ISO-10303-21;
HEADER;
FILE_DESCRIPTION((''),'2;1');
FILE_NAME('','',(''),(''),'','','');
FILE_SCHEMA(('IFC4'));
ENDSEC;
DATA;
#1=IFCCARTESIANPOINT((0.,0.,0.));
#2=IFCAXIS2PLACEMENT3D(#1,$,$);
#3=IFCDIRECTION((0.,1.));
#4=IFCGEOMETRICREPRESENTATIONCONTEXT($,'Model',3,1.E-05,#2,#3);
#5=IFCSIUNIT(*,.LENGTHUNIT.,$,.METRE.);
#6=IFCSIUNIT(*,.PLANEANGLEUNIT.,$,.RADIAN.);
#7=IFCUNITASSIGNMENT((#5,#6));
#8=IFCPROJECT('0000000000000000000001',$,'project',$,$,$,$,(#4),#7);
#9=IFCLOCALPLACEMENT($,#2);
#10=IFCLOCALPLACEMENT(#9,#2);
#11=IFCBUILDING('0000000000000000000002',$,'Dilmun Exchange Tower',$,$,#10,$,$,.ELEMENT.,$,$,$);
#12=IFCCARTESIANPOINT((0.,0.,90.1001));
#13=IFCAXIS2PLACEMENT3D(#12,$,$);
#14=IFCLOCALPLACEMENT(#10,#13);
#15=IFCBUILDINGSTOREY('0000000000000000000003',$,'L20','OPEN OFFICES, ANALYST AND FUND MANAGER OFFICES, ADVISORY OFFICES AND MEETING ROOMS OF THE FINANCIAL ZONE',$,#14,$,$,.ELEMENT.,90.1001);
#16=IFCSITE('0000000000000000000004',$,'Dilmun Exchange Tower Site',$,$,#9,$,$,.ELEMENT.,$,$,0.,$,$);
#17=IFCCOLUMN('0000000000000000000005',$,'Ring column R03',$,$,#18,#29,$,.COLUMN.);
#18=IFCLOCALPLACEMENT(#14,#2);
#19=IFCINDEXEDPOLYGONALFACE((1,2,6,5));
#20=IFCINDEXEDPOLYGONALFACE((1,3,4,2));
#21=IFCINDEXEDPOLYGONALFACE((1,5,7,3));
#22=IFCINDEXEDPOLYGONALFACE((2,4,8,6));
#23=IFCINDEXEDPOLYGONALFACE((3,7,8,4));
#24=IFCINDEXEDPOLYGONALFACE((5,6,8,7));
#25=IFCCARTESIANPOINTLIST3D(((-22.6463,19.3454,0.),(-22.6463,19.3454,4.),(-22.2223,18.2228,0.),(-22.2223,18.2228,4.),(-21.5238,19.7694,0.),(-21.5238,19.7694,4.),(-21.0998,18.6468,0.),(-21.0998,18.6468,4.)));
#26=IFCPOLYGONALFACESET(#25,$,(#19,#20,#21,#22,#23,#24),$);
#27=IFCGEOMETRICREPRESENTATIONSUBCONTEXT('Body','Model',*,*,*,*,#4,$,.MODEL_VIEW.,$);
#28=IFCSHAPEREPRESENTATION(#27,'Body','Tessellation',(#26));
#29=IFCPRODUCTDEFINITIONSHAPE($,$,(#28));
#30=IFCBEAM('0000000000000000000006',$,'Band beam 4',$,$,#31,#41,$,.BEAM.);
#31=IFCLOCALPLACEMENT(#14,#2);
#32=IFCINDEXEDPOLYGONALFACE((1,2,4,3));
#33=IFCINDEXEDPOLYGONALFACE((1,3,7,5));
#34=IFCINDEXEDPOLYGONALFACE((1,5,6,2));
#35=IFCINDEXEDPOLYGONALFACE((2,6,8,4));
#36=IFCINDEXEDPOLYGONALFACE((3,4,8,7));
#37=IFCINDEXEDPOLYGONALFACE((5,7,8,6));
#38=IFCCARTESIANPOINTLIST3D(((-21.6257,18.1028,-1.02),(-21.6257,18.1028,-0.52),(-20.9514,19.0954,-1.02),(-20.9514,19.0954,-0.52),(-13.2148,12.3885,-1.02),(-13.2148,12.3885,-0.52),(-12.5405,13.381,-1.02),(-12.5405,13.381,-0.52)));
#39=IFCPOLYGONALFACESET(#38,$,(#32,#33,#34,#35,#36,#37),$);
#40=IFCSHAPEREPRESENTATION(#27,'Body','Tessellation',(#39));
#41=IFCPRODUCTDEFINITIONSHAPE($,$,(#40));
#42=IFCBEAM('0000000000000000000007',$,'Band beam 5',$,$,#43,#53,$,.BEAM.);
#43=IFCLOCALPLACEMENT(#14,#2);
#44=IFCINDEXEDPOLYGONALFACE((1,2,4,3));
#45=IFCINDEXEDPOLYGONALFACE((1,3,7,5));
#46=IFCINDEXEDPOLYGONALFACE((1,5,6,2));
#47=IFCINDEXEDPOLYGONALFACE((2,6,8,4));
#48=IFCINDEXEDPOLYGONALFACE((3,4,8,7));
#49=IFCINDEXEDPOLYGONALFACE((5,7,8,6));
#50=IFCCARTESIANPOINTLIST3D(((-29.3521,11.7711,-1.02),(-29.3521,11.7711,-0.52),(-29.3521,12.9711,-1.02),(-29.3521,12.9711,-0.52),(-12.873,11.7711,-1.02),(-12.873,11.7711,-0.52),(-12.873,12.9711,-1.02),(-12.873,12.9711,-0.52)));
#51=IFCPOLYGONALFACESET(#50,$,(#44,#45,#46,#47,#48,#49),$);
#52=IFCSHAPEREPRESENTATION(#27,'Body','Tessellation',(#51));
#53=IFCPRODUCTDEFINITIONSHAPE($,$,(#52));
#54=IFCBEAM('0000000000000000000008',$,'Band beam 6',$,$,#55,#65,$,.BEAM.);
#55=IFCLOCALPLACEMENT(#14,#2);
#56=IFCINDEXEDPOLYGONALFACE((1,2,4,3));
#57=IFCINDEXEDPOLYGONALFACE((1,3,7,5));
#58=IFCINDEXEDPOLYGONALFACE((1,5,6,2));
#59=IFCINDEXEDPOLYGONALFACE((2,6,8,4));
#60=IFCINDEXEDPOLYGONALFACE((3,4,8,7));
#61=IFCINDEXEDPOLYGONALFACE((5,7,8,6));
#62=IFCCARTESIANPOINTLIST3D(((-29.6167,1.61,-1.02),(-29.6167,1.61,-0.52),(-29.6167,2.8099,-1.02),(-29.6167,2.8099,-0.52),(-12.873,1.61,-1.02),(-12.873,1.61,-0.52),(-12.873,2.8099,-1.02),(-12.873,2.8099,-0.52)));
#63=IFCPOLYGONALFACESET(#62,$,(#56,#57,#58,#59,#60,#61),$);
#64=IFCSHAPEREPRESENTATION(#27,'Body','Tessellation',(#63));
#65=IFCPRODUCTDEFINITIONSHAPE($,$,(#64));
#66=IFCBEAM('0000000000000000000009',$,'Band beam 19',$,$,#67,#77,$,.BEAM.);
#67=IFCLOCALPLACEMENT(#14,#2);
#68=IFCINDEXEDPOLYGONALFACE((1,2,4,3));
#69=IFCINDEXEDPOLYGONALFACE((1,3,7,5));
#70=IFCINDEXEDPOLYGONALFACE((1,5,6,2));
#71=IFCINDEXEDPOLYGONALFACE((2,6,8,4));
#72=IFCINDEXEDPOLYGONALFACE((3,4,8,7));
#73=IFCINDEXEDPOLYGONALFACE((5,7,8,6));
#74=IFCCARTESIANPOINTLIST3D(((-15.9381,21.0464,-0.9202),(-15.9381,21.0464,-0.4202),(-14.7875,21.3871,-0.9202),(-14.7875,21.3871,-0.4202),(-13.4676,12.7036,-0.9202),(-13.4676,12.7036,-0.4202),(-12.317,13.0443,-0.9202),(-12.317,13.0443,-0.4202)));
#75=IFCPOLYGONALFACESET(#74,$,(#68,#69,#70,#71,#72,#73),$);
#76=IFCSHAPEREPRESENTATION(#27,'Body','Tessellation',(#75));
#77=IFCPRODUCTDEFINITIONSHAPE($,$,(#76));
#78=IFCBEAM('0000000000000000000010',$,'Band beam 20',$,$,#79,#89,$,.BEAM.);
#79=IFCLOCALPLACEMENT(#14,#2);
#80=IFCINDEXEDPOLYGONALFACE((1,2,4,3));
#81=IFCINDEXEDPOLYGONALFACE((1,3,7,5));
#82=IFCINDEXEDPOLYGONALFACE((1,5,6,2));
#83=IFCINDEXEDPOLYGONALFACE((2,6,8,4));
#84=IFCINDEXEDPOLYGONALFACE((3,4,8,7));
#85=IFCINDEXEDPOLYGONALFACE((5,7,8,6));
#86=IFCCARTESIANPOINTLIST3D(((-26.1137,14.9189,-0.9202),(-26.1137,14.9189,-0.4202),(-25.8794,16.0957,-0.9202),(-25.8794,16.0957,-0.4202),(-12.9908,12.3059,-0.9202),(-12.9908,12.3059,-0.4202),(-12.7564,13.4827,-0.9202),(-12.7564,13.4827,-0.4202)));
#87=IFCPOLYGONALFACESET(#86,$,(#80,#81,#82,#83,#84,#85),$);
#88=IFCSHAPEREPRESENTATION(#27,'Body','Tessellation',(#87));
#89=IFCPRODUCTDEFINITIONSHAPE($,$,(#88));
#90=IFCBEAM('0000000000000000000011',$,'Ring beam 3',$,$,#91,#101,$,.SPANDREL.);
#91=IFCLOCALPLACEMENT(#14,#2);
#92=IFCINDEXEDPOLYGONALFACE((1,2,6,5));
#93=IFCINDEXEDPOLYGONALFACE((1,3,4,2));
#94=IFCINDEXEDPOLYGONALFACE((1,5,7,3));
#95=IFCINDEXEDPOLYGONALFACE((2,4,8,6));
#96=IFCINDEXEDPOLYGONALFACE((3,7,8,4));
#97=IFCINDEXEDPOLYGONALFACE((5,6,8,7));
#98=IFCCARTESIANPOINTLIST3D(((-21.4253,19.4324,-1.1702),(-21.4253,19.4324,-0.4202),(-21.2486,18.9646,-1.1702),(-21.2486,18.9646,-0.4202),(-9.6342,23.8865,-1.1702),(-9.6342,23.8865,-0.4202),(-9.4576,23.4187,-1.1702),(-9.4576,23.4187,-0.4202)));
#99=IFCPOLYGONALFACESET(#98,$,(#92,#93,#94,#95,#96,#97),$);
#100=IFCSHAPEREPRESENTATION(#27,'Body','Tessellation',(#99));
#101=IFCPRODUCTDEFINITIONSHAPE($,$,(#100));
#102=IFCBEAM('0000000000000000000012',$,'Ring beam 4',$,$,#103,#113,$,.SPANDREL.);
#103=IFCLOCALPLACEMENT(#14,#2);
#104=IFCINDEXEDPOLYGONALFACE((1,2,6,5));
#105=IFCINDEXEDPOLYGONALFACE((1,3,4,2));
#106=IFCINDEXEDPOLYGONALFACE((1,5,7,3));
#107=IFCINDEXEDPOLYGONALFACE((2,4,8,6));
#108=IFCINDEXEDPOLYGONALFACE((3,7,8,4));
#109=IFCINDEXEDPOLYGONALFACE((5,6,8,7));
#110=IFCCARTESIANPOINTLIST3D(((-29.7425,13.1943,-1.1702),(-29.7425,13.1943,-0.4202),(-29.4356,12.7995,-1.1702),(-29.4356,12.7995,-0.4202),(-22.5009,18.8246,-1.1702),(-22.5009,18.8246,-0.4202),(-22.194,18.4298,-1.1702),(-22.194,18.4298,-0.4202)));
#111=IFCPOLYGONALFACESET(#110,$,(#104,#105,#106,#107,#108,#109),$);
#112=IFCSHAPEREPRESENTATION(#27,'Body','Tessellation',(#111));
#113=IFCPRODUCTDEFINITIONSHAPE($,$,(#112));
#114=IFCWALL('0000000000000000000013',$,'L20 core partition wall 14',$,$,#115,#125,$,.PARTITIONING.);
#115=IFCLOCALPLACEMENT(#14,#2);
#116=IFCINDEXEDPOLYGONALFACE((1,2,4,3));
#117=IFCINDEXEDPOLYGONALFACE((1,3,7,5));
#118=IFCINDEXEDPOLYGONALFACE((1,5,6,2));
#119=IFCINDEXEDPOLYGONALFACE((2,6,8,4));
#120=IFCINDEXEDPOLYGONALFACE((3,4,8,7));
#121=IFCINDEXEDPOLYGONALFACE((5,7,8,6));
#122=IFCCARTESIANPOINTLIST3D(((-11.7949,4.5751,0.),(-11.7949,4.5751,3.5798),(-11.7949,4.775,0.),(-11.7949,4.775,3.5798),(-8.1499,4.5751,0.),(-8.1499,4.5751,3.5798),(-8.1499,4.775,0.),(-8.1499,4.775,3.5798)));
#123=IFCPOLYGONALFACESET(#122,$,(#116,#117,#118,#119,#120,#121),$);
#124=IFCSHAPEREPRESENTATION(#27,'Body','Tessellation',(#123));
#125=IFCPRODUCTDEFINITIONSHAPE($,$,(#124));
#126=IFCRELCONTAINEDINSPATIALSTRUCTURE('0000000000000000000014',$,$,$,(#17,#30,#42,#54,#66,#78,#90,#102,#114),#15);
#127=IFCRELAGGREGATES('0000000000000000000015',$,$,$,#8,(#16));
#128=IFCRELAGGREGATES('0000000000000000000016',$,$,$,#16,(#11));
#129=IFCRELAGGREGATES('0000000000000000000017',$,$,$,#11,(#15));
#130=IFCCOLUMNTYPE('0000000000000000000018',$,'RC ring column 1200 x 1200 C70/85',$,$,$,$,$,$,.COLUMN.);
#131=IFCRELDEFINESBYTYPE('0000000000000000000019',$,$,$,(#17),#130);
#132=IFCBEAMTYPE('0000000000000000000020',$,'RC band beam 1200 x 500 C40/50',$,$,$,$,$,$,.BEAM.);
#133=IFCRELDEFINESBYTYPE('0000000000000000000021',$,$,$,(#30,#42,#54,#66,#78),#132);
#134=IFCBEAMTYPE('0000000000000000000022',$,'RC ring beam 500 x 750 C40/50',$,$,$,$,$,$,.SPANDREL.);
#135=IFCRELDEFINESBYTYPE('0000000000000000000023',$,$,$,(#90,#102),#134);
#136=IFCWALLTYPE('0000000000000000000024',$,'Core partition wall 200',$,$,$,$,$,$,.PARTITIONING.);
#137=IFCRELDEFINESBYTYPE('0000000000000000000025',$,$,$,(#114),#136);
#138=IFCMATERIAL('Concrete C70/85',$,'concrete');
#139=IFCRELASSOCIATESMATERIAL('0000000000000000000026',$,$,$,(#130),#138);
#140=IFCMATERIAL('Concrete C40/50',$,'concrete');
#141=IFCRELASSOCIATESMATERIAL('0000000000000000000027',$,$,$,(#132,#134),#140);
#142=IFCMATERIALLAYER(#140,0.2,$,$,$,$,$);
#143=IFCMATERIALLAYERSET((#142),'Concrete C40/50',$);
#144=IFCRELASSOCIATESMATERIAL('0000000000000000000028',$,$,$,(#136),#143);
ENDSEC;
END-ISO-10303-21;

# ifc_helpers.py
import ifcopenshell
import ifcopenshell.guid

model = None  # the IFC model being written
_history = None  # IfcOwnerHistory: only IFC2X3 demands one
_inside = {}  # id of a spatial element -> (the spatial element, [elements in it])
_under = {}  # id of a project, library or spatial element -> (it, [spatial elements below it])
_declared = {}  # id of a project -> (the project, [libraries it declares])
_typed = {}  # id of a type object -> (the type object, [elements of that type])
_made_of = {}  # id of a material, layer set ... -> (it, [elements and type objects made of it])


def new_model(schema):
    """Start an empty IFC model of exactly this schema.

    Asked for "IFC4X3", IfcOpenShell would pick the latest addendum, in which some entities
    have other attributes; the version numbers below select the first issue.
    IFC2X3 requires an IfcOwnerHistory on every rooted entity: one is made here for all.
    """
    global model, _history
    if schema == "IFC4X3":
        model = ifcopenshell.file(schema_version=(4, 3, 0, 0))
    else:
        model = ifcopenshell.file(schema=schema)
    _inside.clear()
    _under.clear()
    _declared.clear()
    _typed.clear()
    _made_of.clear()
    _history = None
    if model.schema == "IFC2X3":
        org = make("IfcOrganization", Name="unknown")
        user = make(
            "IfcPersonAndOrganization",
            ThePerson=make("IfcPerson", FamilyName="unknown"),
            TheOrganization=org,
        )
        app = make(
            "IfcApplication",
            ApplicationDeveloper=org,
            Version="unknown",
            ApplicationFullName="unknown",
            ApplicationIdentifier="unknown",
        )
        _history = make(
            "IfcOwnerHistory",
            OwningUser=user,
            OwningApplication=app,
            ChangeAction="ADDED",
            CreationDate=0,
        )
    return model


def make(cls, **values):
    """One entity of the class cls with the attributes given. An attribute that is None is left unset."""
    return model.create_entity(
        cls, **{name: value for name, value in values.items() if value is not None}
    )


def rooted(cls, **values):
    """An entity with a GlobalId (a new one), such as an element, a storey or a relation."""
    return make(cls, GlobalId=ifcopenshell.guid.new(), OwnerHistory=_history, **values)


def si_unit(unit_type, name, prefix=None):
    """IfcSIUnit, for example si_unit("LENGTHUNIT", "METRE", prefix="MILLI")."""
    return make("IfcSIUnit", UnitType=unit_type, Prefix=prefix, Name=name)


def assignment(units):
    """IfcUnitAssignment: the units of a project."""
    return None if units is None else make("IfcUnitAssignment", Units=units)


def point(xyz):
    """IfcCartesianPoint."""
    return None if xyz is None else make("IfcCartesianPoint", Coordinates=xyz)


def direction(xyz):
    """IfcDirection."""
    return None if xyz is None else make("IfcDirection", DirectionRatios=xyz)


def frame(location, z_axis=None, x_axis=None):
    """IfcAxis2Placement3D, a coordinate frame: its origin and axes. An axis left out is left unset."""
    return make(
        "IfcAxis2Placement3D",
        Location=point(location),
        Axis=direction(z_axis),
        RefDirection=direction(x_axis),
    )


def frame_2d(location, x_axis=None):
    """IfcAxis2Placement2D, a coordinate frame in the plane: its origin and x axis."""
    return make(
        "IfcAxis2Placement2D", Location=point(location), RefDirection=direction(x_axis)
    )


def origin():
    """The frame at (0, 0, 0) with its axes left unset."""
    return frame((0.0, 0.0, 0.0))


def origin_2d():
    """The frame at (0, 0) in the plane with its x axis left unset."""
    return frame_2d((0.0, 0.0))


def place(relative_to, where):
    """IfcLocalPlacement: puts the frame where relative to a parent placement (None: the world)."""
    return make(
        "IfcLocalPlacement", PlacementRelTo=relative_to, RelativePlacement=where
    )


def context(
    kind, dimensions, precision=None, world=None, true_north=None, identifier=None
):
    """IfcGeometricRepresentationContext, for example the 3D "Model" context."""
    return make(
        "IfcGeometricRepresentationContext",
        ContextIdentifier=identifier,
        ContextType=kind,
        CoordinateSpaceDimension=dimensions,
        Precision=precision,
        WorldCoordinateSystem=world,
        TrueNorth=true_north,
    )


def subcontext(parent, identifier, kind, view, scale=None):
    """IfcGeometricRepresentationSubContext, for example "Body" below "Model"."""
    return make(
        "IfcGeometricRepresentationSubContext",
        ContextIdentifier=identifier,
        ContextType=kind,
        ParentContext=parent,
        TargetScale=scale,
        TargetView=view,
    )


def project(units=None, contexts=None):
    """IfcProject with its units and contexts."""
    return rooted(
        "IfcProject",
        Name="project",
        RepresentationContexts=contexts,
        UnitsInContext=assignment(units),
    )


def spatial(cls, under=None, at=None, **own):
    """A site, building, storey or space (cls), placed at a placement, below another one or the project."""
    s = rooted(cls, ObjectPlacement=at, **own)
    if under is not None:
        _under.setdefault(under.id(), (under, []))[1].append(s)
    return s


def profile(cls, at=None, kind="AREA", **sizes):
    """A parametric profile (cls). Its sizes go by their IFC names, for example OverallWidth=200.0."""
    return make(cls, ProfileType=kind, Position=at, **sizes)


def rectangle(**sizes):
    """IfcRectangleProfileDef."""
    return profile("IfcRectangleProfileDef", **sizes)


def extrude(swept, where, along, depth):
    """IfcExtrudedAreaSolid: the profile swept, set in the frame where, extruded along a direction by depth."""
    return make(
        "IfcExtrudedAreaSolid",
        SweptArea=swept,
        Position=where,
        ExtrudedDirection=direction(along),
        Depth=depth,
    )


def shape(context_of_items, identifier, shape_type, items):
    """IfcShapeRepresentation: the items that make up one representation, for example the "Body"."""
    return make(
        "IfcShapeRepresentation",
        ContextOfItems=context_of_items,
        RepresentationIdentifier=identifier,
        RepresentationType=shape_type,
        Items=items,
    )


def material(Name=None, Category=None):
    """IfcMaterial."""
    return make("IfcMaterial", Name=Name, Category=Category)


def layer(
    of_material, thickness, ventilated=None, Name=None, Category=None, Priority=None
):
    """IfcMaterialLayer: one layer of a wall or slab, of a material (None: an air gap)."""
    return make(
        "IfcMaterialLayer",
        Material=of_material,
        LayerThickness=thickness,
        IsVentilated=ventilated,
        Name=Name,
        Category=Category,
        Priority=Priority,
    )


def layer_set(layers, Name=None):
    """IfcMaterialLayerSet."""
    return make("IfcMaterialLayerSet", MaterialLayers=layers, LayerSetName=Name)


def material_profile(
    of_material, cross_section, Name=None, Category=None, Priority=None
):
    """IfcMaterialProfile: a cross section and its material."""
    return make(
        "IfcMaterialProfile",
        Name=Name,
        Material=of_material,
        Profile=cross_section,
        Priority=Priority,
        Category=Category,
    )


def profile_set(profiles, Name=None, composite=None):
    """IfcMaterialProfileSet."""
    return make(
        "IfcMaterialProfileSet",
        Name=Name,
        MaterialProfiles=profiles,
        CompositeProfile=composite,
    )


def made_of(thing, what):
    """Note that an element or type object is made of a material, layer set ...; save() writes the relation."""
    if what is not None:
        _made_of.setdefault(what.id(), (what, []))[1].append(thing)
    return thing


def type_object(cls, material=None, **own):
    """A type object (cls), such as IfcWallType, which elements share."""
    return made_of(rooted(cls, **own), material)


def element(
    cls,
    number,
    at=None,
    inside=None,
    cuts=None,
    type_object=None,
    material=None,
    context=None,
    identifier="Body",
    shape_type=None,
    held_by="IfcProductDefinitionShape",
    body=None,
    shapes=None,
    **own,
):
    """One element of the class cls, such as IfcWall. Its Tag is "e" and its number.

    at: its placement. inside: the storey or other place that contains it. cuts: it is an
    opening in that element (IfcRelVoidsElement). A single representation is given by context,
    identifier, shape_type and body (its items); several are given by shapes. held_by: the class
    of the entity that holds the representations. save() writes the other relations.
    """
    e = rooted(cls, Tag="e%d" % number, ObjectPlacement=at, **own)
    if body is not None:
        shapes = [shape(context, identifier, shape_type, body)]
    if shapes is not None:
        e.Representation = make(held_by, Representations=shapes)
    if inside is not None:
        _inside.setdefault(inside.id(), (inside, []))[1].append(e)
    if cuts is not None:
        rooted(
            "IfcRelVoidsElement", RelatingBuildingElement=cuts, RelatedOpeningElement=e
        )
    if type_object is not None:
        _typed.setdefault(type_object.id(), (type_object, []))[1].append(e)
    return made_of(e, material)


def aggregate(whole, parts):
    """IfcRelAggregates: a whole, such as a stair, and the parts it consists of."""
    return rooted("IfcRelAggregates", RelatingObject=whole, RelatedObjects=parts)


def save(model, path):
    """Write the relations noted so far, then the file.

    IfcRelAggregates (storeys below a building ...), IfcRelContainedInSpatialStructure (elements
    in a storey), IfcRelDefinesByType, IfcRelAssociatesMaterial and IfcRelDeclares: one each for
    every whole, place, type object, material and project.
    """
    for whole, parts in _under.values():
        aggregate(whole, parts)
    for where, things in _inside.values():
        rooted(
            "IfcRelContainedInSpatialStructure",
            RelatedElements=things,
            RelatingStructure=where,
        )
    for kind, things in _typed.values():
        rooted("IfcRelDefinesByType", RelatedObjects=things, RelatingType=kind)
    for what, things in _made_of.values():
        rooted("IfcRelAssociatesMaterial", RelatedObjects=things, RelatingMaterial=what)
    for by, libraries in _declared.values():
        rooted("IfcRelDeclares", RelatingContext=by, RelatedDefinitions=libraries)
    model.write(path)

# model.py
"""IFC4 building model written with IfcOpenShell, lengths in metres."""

from ifc_helpers import new_model, si_unit, direction, frame, frame_2d, origin, origin_2d, place, context, subcontext, project, spatial, rectangle, extrude, material, layer, layer_set, material_profile, profile_set, type_object, element, save


model = new_model("IFC4")

# Units and contexts
model_context = context("Model", 3, precision=1e-05, world=origin(), true_north=direction((0.0, 1.0)))
body_context = subcontext(model_context, "Body", "Model", "MODEL_VIEW")
ifc_project = project(units=[si_unit("LENGTHUNIT", "METRE"), si_unit("PLANEANGLEUNIT", "RADIAN")], contexts=[model_context])

# Site, building, storey
site_placement = place(None, origin())
site = spatial("IfcSite", under=ifc_project, at=site_placement, Name="Dilmun Exchange Tower Site", CompositionType="ELEMENT", RefElevation=0.0)
building_placement = place(site_placement, origin())
building = spatial("IfcBuilding", under=site, at=building_placement, Name="Dilmun Exchange Tower", CompositionType="ELEMENT")
storey_placement = place(building_placement, frame((0.0, 0.0, 90.1001)))
storey = spatial("IfcBuildingStorey", under=building, at=storey_placement, Name="L20", Description="OPEN OFFICES, ANALYST AND FUND MANAGER OFFICES, ADVISORY OFFICES AND MEETING ROOMS OF THE FINANCIAL ZONE", CompositionType="ELEMENT", Elevation=90.1001)

# Column
ifc_material_1 = material(Name="Concrete C70/85", Category="concrete")
ifc_material_profile_1 = material_profile(ifc_material_1, rectangle(XDim=1.2, YDim=1.2, at=origin_2d()), Name="1200 x 1200")
ifc_profile_set_1 = profile_set([ifc_material_profile_1], Name="Concrete C70/85")
column_type = type_object("IfcColumnType", Name="RC ring column 1200 x 1200 C70/85", PredefinedType="COLUMN", material=ifc_profile_set_1)
column_placement = place(storey_placement, frame((-21.873, 18.9961, 0.0), z_axis=(0.0, 0.0, 1.0), x_axis=(0.935492, 0.353349, 0.0)))
element("IfcColumn", 1, at=column_placement, inside=storey, type_object=column_type, Name="Ring column R03", PredefinedType="COLUMN", context=body_context, shape_type="SweptSolid", body=[
    extrude(rectangle(XDim=1.2, YDim=1.2, at=origin_2d()), origin(), (0.0, 0.0, 1.0), 4.0),
])

# Beams
ifc_material_2 = material(Name="Concrete C40/50", Category="concrete")
ifc_material_profile_2 = material_profile(ifc_material_2, rectangle(XDim=1.2, YDim=0.5, at=origin_2d()), Name="1200 x 500")
ifc_profile_set_2 = profile_set([ifc_material_profile_2], Name="Concrete C40/50")
beam_type_1 = type_object("IfcBeamType", Name="RC band beam 1200 x 500 C40/50", PredefinedType="BEAM", material=ifc_profile_set_2)
beam_1_placement = place(storey_placement, frame((-21.2886, 18.5991, -0.77), z_axis=(0.827157, -0.56197, 0.0), x_axis=(0.56197, 0.827157, 0.0)))
element("IfcBeam", 2, at=beam_1_placement, inside=storey, type_object=beam_type_1, Name="Band beam 4", PredefinedType="BEAM", context=body_context, shape_type="SweptSolid", body=[
    extrude(rectangle(XDim=1.2, YDim=0.5, at=origin_2d()), origin(), (0.0, 0.0, 1.0), 10.1685),
])
beam_2_placement = place(storey_placement, frame((-29.3521, 12.3711, -0.77), z_axis=(1.0, 0.0, 0.0), x_axis=(0.0, 1.0, 0.0)))
element("IfcBeam", 3, at=beam_2_placement, inside=storey, type_object=beam_type_1, Name="Band beam 5", PredefinedType="BEAM", context=body_context, shape_type="SweptSolid", body=[
    extrude(rectangle(XDim=1.2, YDim=0.5, at=origin_2d()), origin(), (0.0, 0.0, 1.0), 16.479),
])
beam_3_placement = place(storey_placement, frame((-29.6167, 2.21, -0.77), z_axis=(1.0, 0.0, 0.0), x_axis=(0.0, 1.0, 0.0)))
element("IfcBeam", 4, at=beam_3_placement, inside=storey, type_object=beam_type_1, Name="Band beam 6", PredefinedType="BEAM", context=body_context, shape_type="SweptSolid", body=[
    extrude(rectangle(XDim=1.2, YDim=0.5, at=origin_2d()), origin(), (0.0, 0.0, 1.0), 16.7437),
])
beam_4_placement = place(storey_placement, frame((-15.3628, 21.2168, -0.6702), z_axis=(0.283933, -0.958844, 0.0), x_axis=(0.958844, 0.283933, 0.0)))
element("IfcBeam", 5, at=beam_4_placement, inside=storey, type_object=beam_type_1, Name="Band beam 19", PredefinedType="BEAM", context=body_context, shape_type="SweptSolid", body=[
    extrude(rectangle(XDim=1.2, YDim=0.5, at=origin_2d()), origin(), (0.0, 0.0, 1.0), 8.7009),
])
beam_5_placement = place(storey_placement, frame((-25.9966, 15.5073, -0.6702), z_axis=(0.980747, -0.195284, 0.0), x_axis=(0.195284, 0.980747, 0.0)))
element("IfcBeam", 6, at=beam_5_placement, inside=storey, type_object=beam_type_1, Name="Band beam 20", PredefinedType="BEAM", context=body_context, shape_type="SweptSolid", body=[
    extrude(rectangle(XDim=1.2, YDim=0.5, at=origin_2d()), origin(), (0.0, 0.0, 1.0), 13.3806),
])
ifc_material_profile_3 = material_profile(ifc_material_2, rectangle(XDim=0.5, YDim=0.75, at=origin_2d()), Name="500 x 750")
ifc_profile_set_3 = profile_set([ifc_material_profile_3], Name="Concrete C40/50")
beam_type_2 = type_object("IfcBeamType", Name="RC ring beam 500 x 750 C40/50", PredefinedType="SPANDREL", material=ifc_profile_set_3)
beam_6_placement = place(storey_placement, frame((-9.5459, 23.6526, -0.7952), z_axis=(-0.935479, -0.353381, 0.0), x_axis=(0.353381, -0.935479, 0.0)))
element("IfcBeam", 7, at=beam_6_placement, inside=storey, type_object=beam_type_2, Name="Ring beam 3", PredefinedType="SPANDREL", context=body_context, shape_type="SweptSolid", body=[
    extrude(rectangle(XDim=0.5, YDim=0.75, at=origin_2d()), origin(), (0.0, 0.0, 1.0), 12.6042),
])
beam_7_placement = place(storey_placement, frame((-22.3474, 18.6272, -0.7952), z_axis=(-0.789461, -0.613801, 0.0), x_axis=(0.613801, -0.789461, 0.0)))
element("IfcBeam", 8, at=beam_7_placement, inside=storey, type_object=beam_type_2, Name="Ring beam 4", PredefinedType="SPANDREL", context=body_context, shape_type="SweptSolid", body=[
    extrude(rectangle(XDim=0.5, YDim=0.75, at=origin_2d()), origin(), (0.0, 0.0, 1.0), 9.1729),
])

# Wall
ifc_layer_1 = layer(ifc_material_2, 0.2)
ifc_layer_set_1 = layer_set([ifc_layer_1], Name="Concrete C40/50")
wall_type_1 = type_object("IfcWallType", Name="Core partition wall 200", PredefinedType="PARTITIONING", material=ifc_layer_set_1)
wall_1_placement = place(storey_placement, frame((-11.7949, 4.675, 0.0), z_axis=(0.0, 0.0, 1.0), x_axis=(1.0, 0.0, 0.0)))
element("IfcWall", 9, at=wall_1_placement, inside=storey, type_object=wall_type_1, Name="L20 core partition wall 14", PredefinedType="PARTITIONING", context=body_context, shape_type="SweptSolid", body=[
    extrude(rectangle(XDim=3.645, YDim=0.2, at=frame_2d((1.8225, 0.0))), origin(), (0.0, 0.0, 1.0), 3.5798),
])

save(model, "model.ifc")
